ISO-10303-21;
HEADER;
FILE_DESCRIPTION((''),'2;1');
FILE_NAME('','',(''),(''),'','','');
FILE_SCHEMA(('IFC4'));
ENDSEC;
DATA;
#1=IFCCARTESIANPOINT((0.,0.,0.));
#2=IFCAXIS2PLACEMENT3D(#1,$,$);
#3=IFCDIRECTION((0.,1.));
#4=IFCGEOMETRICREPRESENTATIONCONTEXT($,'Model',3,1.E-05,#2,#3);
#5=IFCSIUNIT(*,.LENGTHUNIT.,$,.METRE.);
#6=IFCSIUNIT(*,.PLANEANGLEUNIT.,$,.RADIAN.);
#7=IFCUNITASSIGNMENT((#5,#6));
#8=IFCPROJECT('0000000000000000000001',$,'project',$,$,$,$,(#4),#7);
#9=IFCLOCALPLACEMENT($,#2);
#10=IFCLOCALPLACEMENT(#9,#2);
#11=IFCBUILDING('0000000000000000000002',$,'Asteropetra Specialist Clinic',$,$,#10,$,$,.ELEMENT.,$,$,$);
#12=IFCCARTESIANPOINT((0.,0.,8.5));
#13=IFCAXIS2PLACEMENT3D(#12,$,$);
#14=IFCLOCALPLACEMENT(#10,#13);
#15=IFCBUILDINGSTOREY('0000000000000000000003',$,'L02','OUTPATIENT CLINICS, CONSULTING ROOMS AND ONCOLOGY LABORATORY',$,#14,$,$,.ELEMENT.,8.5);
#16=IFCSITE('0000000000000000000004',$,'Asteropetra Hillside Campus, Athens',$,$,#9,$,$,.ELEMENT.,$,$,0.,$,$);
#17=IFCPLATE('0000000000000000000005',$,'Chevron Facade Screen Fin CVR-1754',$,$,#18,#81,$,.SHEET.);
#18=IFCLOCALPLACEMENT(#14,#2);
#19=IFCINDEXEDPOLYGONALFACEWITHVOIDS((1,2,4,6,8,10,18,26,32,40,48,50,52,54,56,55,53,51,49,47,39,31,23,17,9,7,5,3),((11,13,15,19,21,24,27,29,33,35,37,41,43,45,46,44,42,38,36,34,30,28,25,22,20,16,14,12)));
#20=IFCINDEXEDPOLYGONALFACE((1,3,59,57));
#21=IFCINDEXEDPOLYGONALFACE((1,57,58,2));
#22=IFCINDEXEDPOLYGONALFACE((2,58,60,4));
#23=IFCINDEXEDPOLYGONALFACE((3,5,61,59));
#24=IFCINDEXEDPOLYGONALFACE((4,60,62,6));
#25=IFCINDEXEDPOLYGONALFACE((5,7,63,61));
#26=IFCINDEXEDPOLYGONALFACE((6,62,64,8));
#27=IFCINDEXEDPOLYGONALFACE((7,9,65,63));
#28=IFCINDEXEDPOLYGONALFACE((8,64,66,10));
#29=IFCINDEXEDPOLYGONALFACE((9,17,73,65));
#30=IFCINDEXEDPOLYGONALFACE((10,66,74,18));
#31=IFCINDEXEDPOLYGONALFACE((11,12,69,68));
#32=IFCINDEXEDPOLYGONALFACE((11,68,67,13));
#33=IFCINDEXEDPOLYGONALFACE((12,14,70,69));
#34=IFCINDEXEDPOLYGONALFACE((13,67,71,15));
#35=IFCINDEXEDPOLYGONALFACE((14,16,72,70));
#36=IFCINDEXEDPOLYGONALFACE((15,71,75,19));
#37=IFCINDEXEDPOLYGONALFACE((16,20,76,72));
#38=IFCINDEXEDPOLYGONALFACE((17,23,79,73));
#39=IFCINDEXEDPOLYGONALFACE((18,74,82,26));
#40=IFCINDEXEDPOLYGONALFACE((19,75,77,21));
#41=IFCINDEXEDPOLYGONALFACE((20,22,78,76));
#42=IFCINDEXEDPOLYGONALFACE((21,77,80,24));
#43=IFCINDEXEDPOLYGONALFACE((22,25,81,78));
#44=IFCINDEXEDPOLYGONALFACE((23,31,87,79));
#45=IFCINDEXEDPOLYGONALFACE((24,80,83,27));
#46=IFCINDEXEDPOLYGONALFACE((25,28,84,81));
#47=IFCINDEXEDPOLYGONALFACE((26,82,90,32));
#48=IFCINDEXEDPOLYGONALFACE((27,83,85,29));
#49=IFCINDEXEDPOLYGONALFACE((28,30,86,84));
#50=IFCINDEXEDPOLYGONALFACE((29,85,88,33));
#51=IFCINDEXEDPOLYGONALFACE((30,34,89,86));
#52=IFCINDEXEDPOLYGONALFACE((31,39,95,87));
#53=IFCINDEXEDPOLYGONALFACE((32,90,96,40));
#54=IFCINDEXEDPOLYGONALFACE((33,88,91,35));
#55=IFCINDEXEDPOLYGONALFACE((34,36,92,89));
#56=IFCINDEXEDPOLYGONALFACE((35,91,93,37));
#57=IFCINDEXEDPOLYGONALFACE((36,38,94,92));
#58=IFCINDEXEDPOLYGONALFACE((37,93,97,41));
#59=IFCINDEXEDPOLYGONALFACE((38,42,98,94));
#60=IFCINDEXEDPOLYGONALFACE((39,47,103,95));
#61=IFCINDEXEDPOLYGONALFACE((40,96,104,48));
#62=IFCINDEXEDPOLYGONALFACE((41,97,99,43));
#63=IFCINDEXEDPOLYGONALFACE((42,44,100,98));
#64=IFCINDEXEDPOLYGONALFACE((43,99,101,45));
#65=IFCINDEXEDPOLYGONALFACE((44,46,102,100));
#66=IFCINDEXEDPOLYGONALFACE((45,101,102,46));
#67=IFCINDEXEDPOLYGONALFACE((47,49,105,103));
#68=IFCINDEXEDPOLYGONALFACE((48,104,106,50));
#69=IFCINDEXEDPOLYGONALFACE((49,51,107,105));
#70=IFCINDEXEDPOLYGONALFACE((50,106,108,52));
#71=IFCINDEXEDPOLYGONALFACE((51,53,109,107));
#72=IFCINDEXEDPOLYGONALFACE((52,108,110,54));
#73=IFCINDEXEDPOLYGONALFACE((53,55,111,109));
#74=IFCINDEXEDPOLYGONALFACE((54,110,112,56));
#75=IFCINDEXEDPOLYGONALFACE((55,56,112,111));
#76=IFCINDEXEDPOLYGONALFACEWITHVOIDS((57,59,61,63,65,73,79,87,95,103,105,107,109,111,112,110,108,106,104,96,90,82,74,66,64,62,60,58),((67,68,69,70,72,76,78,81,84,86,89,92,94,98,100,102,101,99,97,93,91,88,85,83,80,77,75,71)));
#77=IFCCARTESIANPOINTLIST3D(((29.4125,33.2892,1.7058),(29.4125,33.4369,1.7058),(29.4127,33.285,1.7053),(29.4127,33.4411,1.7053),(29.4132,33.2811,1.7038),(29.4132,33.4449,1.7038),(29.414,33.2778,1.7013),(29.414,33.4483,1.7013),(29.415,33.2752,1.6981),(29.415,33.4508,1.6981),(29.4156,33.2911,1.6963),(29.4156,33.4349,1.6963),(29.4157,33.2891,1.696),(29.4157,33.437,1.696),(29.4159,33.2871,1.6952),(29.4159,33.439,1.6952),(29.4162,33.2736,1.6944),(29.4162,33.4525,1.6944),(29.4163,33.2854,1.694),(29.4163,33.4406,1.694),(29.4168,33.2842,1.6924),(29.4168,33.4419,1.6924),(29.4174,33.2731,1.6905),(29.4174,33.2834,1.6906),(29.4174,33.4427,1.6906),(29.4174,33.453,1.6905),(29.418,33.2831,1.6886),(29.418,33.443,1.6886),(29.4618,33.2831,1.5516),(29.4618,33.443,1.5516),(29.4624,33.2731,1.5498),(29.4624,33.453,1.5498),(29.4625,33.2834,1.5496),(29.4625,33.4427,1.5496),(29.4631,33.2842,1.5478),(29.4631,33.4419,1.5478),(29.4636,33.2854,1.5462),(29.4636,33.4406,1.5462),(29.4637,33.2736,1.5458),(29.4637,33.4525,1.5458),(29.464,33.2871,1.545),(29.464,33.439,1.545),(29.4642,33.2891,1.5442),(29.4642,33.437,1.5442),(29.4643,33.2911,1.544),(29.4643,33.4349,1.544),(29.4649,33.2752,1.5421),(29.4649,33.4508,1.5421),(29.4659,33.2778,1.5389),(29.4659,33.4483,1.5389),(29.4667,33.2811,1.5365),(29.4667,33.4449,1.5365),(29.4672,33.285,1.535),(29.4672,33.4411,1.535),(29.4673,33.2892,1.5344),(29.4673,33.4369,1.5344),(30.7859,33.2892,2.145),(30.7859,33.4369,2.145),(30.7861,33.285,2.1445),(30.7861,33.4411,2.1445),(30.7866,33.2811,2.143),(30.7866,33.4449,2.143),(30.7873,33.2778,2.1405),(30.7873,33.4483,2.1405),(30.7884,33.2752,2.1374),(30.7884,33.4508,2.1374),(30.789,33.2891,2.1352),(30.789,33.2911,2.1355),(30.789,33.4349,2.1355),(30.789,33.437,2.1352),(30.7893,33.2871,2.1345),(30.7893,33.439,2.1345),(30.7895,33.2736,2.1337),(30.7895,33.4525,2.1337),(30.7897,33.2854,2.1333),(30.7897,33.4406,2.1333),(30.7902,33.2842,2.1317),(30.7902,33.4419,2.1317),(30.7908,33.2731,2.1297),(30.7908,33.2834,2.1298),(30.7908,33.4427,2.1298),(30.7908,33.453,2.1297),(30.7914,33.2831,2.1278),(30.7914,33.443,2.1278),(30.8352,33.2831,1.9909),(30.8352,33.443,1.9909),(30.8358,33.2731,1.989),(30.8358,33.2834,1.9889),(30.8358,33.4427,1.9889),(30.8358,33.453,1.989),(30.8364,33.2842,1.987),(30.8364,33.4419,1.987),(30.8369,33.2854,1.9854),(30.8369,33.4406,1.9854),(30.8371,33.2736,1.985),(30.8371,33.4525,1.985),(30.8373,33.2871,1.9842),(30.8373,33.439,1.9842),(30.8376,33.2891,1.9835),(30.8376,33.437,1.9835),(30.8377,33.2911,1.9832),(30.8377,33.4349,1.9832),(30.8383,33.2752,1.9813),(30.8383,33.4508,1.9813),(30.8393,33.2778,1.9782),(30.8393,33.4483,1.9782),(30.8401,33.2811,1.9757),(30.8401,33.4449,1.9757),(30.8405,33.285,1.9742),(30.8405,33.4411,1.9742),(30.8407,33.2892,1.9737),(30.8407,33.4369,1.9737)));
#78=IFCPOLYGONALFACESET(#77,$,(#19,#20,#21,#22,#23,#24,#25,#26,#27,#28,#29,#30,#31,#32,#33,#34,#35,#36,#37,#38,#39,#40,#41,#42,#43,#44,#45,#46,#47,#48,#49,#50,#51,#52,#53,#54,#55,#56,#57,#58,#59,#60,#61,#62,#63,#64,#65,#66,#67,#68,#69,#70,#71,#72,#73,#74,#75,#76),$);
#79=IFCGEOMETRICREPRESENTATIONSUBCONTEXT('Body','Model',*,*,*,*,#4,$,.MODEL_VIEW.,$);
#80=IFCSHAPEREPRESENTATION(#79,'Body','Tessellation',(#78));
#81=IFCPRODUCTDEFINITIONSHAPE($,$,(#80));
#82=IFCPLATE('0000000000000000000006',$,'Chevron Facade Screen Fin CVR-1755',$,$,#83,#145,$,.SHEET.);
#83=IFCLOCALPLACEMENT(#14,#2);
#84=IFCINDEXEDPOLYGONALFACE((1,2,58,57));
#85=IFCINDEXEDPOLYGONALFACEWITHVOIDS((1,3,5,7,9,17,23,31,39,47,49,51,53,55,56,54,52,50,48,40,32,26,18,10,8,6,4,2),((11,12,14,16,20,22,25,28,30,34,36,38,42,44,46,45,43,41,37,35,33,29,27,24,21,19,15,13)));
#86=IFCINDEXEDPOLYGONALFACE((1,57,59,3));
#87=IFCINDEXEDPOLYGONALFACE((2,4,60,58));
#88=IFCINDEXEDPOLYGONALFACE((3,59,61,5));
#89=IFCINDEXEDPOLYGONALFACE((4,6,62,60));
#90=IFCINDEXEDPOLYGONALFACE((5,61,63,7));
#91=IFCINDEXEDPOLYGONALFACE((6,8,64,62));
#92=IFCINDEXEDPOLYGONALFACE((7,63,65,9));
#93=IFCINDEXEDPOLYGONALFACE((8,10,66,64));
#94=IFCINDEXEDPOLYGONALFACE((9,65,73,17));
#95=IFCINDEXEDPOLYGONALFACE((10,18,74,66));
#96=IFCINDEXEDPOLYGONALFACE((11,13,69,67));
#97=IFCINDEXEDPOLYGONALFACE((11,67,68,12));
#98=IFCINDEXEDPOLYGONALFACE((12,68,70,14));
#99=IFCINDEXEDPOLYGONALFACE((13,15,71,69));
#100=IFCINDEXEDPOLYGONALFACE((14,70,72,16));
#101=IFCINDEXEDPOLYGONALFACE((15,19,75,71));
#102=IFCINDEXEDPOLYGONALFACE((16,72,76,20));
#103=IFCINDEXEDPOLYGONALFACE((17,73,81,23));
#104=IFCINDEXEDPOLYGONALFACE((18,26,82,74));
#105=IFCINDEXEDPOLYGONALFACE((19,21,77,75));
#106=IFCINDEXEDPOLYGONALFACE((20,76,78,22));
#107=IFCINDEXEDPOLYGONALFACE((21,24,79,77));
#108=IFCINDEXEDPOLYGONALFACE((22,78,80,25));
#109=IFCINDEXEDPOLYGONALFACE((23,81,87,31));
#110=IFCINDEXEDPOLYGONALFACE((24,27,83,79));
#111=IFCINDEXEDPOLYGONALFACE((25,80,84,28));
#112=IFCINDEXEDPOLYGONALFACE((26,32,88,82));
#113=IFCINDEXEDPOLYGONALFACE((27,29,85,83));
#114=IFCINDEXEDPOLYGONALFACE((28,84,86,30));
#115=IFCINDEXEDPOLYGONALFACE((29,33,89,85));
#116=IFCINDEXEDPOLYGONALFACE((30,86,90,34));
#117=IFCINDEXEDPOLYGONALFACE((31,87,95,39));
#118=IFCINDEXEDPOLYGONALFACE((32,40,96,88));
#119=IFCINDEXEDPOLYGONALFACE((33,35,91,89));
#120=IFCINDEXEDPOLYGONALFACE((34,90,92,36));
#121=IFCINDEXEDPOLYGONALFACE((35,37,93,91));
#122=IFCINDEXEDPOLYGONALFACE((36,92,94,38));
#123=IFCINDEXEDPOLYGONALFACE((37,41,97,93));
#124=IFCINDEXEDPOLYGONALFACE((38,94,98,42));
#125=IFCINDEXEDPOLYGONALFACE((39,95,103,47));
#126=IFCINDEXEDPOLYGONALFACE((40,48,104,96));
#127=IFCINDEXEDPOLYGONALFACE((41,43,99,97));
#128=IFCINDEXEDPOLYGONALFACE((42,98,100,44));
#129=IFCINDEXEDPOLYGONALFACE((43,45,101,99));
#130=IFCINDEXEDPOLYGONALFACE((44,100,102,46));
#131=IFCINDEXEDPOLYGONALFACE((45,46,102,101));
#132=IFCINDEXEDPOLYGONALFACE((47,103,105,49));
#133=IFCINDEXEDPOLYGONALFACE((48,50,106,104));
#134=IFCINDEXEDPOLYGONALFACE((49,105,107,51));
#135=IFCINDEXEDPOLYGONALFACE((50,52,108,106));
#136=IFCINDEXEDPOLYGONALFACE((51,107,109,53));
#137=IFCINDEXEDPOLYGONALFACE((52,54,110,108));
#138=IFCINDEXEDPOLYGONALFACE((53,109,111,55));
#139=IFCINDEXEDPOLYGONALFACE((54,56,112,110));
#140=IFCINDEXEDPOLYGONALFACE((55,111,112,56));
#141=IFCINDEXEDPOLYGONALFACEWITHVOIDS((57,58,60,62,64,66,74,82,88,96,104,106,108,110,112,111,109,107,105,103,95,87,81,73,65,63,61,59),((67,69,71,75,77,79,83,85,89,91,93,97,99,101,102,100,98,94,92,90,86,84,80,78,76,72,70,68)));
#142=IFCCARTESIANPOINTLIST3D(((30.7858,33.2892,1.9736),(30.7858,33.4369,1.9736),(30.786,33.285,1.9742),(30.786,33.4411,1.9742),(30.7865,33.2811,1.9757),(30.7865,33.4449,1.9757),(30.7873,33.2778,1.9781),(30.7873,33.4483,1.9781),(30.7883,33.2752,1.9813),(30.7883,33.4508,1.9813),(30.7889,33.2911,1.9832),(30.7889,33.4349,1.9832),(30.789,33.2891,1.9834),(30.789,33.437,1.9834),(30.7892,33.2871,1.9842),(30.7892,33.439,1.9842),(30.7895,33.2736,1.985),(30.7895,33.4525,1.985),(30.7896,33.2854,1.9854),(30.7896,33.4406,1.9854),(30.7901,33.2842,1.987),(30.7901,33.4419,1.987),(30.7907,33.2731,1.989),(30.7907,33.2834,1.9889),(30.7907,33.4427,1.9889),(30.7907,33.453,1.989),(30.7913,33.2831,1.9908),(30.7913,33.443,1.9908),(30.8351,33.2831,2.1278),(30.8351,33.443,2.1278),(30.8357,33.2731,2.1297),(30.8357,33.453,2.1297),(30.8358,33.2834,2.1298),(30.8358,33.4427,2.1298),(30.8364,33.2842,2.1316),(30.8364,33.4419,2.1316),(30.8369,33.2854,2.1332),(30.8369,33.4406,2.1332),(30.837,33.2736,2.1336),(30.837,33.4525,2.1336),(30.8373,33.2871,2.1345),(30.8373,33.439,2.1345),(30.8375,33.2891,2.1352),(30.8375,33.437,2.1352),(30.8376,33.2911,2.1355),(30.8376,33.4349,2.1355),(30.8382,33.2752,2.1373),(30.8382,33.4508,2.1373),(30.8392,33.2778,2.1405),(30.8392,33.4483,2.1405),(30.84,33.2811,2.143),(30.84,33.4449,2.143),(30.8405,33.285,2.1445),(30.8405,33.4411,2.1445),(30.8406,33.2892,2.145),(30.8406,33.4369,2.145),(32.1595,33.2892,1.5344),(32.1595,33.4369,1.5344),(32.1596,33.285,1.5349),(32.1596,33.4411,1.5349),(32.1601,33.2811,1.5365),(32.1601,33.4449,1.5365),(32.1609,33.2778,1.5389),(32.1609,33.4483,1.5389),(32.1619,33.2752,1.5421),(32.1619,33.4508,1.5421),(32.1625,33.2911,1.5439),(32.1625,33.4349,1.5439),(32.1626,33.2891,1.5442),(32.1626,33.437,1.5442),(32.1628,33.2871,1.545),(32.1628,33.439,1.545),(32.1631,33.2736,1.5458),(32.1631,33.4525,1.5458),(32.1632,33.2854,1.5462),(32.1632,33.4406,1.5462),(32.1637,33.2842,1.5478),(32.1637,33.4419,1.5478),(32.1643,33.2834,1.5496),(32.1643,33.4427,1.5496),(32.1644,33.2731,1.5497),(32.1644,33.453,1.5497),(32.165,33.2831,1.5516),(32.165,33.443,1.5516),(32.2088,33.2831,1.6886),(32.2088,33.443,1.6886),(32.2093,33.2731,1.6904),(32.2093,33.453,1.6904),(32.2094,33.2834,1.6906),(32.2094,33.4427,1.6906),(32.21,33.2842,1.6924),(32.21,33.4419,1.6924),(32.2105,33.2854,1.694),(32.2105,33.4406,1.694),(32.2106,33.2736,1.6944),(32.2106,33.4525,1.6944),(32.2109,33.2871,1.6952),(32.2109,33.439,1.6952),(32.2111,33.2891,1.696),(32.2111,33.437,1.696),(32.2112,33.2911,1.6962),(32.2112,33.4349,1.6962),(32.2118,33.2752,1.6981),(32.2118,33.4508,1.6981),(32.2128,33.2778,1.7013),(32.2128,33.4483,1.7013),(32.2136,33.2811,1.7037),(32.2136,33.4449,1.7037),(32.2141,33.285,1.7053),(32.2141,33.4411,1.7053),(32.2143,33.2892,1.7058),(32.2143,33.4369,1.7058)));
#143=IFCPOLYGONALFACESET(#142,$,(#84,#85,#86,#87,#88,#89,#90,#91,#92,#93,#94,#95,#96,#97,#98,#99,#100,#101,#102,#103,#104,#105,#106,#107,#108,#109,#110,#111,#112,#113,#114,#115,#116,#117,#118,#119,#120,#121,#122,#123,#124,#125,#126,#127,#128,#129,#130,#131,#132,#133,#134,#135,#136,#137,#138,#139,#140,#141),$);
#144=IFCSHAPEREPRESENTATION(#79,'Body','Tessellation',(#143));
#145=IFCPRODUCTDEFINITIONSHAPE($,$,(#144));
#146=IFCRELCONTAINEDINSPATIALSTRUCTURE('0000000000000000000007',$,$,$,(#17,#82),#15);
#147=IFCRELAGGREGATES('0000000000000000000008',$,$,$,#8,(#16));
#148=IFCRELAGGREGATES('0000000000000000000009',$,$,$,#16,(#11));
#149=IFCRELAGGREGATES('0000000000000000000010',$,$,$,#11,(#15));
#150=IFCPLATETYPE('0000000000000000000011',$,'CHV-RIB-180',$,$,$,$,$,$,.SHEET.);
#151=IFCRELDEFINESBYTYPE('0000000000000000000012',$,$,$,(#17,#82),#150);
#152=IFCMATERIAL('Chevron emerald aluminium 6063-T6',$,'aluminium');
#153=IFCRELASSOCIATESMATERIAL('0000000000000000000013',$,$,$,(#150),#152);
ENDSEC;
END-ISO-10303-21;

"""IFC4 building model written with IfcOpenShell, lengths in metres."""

from ifc_helpers import new_model, si_unit, direction, frame, origin, origin_2d, place, context, subcontext, project, spatial, hollow_rectangle, extrude, material, material_profile, profile_set, type_object, element, save


model = new_model("IFC4")

# Units and contexts
model_context = context("Model", 3, precision=1e-05, world=origin(), true_north=direction((0.0, 1.0)))
body_context = subcontext(model_context, "Body", "Model", "MODEL_VIEW")
ifc_project = project(units=[si_unit("LENGTHUNIT", "METRE"), si_unit("PLANEANGLEUNIT", "RADIAN")], contexts=[model_context])

# Site, building, storey
site_placement = place(None, origin())
site = spatial("IfcSite", under=ifc_project, at=site_placement, Name="Asteropetra Hillside Campus, Athens", CompositionType="ELEMENT", RefElevation=0.0)
building_placement = place(site_placement, origin())
building = spatial("IfcBuilding", under=site, at=building_placement, Name="Asteropetra Specialist Clinic", CompositionType="ELEMENT")
storey_placement = place(building_placement, frame((0.0, 0.0, 8.5)))
storey = spatial("IfcBuildingStorey", under=building, at=storey_placement, Name="L02", Description="OUTPATIENT CLINICS, CONSULTING ROOMS AND ONCOLOGY LABORATORY", CompositionType="ELEMENT", Elevation=8.5)

# Plates
ifc_material_1 = material(Name="Chevron emerald aluminium 6063-T6", Category="aluminium")
ifc_material_profile_1 = material_profile(ifc_material_1, hollow_rectangle(XDim=0.1799, YDim=0.1799, WallThickness=0.01, InnerFilletRadius=0.0081, OuterFilletRadius=0.0161, at=origin_2d()), Name="SHS 180x180x10.0")
ifc_profile_set_1 = profile_set([ifc_material_profile_1], Name="Chevron emerald aluminium 6063-T6")
plate_type = type_object("IfcPlateType", Name="CHV-RIB-180", PredefinedType="SHEET", material=ifc_profile_set_1)
plate_1_placement = place(storey_placement, frame((29.4399, 33.363, 1.6201), z_axis=(0.952473, 0.0, 0.304622), x_axis=(0.0, 1.0, 0.0)))
element("IfcPlate", 1, at=plate_1_placement, inside=storey, type_object=plate_type, Name="Chevron Facade Screen Fin CVR-1754", PredefinedType="SHEET", context=body_context, shape_type="SweptSolid", body=[
    extrude(hollow_rectangle(XDim=0.1799, YDim=0.1799, WallThickness=0.01, InnerFilletRadius=0.0081, OuterFilletRadius=0.0161, at=origin_2d()), origin(), (0.0, 0.0, 1.0), 1.4419),
])
plate_2_placement = place(storey_placement, frame((30.8132, 33.363, 2.0593), z_axis=(0.952489, 0.0, -0.304573), x_axis=(0.0, 1.0, 0.0)))
element("IfcPlate", 2, at=plate_2_placement, inside=storey, type_object=plate_type, Name="Chevron Facade Screen Fin CVR-1755", PredefinedType="SHEET", context=body_context, shape_type="SweptSolid", body=[
    extrude(hollow_rectangle(XDim=0.1799, YDim=0.1799, WallThickness=0.01, InnerFilletRadius=0.0081, OuterFilletRadius=0.0161, at=origin_2d()), origin(), (0.0, 0.0, 1.0), 1.4421),
])

save(model, "model.ifc")
